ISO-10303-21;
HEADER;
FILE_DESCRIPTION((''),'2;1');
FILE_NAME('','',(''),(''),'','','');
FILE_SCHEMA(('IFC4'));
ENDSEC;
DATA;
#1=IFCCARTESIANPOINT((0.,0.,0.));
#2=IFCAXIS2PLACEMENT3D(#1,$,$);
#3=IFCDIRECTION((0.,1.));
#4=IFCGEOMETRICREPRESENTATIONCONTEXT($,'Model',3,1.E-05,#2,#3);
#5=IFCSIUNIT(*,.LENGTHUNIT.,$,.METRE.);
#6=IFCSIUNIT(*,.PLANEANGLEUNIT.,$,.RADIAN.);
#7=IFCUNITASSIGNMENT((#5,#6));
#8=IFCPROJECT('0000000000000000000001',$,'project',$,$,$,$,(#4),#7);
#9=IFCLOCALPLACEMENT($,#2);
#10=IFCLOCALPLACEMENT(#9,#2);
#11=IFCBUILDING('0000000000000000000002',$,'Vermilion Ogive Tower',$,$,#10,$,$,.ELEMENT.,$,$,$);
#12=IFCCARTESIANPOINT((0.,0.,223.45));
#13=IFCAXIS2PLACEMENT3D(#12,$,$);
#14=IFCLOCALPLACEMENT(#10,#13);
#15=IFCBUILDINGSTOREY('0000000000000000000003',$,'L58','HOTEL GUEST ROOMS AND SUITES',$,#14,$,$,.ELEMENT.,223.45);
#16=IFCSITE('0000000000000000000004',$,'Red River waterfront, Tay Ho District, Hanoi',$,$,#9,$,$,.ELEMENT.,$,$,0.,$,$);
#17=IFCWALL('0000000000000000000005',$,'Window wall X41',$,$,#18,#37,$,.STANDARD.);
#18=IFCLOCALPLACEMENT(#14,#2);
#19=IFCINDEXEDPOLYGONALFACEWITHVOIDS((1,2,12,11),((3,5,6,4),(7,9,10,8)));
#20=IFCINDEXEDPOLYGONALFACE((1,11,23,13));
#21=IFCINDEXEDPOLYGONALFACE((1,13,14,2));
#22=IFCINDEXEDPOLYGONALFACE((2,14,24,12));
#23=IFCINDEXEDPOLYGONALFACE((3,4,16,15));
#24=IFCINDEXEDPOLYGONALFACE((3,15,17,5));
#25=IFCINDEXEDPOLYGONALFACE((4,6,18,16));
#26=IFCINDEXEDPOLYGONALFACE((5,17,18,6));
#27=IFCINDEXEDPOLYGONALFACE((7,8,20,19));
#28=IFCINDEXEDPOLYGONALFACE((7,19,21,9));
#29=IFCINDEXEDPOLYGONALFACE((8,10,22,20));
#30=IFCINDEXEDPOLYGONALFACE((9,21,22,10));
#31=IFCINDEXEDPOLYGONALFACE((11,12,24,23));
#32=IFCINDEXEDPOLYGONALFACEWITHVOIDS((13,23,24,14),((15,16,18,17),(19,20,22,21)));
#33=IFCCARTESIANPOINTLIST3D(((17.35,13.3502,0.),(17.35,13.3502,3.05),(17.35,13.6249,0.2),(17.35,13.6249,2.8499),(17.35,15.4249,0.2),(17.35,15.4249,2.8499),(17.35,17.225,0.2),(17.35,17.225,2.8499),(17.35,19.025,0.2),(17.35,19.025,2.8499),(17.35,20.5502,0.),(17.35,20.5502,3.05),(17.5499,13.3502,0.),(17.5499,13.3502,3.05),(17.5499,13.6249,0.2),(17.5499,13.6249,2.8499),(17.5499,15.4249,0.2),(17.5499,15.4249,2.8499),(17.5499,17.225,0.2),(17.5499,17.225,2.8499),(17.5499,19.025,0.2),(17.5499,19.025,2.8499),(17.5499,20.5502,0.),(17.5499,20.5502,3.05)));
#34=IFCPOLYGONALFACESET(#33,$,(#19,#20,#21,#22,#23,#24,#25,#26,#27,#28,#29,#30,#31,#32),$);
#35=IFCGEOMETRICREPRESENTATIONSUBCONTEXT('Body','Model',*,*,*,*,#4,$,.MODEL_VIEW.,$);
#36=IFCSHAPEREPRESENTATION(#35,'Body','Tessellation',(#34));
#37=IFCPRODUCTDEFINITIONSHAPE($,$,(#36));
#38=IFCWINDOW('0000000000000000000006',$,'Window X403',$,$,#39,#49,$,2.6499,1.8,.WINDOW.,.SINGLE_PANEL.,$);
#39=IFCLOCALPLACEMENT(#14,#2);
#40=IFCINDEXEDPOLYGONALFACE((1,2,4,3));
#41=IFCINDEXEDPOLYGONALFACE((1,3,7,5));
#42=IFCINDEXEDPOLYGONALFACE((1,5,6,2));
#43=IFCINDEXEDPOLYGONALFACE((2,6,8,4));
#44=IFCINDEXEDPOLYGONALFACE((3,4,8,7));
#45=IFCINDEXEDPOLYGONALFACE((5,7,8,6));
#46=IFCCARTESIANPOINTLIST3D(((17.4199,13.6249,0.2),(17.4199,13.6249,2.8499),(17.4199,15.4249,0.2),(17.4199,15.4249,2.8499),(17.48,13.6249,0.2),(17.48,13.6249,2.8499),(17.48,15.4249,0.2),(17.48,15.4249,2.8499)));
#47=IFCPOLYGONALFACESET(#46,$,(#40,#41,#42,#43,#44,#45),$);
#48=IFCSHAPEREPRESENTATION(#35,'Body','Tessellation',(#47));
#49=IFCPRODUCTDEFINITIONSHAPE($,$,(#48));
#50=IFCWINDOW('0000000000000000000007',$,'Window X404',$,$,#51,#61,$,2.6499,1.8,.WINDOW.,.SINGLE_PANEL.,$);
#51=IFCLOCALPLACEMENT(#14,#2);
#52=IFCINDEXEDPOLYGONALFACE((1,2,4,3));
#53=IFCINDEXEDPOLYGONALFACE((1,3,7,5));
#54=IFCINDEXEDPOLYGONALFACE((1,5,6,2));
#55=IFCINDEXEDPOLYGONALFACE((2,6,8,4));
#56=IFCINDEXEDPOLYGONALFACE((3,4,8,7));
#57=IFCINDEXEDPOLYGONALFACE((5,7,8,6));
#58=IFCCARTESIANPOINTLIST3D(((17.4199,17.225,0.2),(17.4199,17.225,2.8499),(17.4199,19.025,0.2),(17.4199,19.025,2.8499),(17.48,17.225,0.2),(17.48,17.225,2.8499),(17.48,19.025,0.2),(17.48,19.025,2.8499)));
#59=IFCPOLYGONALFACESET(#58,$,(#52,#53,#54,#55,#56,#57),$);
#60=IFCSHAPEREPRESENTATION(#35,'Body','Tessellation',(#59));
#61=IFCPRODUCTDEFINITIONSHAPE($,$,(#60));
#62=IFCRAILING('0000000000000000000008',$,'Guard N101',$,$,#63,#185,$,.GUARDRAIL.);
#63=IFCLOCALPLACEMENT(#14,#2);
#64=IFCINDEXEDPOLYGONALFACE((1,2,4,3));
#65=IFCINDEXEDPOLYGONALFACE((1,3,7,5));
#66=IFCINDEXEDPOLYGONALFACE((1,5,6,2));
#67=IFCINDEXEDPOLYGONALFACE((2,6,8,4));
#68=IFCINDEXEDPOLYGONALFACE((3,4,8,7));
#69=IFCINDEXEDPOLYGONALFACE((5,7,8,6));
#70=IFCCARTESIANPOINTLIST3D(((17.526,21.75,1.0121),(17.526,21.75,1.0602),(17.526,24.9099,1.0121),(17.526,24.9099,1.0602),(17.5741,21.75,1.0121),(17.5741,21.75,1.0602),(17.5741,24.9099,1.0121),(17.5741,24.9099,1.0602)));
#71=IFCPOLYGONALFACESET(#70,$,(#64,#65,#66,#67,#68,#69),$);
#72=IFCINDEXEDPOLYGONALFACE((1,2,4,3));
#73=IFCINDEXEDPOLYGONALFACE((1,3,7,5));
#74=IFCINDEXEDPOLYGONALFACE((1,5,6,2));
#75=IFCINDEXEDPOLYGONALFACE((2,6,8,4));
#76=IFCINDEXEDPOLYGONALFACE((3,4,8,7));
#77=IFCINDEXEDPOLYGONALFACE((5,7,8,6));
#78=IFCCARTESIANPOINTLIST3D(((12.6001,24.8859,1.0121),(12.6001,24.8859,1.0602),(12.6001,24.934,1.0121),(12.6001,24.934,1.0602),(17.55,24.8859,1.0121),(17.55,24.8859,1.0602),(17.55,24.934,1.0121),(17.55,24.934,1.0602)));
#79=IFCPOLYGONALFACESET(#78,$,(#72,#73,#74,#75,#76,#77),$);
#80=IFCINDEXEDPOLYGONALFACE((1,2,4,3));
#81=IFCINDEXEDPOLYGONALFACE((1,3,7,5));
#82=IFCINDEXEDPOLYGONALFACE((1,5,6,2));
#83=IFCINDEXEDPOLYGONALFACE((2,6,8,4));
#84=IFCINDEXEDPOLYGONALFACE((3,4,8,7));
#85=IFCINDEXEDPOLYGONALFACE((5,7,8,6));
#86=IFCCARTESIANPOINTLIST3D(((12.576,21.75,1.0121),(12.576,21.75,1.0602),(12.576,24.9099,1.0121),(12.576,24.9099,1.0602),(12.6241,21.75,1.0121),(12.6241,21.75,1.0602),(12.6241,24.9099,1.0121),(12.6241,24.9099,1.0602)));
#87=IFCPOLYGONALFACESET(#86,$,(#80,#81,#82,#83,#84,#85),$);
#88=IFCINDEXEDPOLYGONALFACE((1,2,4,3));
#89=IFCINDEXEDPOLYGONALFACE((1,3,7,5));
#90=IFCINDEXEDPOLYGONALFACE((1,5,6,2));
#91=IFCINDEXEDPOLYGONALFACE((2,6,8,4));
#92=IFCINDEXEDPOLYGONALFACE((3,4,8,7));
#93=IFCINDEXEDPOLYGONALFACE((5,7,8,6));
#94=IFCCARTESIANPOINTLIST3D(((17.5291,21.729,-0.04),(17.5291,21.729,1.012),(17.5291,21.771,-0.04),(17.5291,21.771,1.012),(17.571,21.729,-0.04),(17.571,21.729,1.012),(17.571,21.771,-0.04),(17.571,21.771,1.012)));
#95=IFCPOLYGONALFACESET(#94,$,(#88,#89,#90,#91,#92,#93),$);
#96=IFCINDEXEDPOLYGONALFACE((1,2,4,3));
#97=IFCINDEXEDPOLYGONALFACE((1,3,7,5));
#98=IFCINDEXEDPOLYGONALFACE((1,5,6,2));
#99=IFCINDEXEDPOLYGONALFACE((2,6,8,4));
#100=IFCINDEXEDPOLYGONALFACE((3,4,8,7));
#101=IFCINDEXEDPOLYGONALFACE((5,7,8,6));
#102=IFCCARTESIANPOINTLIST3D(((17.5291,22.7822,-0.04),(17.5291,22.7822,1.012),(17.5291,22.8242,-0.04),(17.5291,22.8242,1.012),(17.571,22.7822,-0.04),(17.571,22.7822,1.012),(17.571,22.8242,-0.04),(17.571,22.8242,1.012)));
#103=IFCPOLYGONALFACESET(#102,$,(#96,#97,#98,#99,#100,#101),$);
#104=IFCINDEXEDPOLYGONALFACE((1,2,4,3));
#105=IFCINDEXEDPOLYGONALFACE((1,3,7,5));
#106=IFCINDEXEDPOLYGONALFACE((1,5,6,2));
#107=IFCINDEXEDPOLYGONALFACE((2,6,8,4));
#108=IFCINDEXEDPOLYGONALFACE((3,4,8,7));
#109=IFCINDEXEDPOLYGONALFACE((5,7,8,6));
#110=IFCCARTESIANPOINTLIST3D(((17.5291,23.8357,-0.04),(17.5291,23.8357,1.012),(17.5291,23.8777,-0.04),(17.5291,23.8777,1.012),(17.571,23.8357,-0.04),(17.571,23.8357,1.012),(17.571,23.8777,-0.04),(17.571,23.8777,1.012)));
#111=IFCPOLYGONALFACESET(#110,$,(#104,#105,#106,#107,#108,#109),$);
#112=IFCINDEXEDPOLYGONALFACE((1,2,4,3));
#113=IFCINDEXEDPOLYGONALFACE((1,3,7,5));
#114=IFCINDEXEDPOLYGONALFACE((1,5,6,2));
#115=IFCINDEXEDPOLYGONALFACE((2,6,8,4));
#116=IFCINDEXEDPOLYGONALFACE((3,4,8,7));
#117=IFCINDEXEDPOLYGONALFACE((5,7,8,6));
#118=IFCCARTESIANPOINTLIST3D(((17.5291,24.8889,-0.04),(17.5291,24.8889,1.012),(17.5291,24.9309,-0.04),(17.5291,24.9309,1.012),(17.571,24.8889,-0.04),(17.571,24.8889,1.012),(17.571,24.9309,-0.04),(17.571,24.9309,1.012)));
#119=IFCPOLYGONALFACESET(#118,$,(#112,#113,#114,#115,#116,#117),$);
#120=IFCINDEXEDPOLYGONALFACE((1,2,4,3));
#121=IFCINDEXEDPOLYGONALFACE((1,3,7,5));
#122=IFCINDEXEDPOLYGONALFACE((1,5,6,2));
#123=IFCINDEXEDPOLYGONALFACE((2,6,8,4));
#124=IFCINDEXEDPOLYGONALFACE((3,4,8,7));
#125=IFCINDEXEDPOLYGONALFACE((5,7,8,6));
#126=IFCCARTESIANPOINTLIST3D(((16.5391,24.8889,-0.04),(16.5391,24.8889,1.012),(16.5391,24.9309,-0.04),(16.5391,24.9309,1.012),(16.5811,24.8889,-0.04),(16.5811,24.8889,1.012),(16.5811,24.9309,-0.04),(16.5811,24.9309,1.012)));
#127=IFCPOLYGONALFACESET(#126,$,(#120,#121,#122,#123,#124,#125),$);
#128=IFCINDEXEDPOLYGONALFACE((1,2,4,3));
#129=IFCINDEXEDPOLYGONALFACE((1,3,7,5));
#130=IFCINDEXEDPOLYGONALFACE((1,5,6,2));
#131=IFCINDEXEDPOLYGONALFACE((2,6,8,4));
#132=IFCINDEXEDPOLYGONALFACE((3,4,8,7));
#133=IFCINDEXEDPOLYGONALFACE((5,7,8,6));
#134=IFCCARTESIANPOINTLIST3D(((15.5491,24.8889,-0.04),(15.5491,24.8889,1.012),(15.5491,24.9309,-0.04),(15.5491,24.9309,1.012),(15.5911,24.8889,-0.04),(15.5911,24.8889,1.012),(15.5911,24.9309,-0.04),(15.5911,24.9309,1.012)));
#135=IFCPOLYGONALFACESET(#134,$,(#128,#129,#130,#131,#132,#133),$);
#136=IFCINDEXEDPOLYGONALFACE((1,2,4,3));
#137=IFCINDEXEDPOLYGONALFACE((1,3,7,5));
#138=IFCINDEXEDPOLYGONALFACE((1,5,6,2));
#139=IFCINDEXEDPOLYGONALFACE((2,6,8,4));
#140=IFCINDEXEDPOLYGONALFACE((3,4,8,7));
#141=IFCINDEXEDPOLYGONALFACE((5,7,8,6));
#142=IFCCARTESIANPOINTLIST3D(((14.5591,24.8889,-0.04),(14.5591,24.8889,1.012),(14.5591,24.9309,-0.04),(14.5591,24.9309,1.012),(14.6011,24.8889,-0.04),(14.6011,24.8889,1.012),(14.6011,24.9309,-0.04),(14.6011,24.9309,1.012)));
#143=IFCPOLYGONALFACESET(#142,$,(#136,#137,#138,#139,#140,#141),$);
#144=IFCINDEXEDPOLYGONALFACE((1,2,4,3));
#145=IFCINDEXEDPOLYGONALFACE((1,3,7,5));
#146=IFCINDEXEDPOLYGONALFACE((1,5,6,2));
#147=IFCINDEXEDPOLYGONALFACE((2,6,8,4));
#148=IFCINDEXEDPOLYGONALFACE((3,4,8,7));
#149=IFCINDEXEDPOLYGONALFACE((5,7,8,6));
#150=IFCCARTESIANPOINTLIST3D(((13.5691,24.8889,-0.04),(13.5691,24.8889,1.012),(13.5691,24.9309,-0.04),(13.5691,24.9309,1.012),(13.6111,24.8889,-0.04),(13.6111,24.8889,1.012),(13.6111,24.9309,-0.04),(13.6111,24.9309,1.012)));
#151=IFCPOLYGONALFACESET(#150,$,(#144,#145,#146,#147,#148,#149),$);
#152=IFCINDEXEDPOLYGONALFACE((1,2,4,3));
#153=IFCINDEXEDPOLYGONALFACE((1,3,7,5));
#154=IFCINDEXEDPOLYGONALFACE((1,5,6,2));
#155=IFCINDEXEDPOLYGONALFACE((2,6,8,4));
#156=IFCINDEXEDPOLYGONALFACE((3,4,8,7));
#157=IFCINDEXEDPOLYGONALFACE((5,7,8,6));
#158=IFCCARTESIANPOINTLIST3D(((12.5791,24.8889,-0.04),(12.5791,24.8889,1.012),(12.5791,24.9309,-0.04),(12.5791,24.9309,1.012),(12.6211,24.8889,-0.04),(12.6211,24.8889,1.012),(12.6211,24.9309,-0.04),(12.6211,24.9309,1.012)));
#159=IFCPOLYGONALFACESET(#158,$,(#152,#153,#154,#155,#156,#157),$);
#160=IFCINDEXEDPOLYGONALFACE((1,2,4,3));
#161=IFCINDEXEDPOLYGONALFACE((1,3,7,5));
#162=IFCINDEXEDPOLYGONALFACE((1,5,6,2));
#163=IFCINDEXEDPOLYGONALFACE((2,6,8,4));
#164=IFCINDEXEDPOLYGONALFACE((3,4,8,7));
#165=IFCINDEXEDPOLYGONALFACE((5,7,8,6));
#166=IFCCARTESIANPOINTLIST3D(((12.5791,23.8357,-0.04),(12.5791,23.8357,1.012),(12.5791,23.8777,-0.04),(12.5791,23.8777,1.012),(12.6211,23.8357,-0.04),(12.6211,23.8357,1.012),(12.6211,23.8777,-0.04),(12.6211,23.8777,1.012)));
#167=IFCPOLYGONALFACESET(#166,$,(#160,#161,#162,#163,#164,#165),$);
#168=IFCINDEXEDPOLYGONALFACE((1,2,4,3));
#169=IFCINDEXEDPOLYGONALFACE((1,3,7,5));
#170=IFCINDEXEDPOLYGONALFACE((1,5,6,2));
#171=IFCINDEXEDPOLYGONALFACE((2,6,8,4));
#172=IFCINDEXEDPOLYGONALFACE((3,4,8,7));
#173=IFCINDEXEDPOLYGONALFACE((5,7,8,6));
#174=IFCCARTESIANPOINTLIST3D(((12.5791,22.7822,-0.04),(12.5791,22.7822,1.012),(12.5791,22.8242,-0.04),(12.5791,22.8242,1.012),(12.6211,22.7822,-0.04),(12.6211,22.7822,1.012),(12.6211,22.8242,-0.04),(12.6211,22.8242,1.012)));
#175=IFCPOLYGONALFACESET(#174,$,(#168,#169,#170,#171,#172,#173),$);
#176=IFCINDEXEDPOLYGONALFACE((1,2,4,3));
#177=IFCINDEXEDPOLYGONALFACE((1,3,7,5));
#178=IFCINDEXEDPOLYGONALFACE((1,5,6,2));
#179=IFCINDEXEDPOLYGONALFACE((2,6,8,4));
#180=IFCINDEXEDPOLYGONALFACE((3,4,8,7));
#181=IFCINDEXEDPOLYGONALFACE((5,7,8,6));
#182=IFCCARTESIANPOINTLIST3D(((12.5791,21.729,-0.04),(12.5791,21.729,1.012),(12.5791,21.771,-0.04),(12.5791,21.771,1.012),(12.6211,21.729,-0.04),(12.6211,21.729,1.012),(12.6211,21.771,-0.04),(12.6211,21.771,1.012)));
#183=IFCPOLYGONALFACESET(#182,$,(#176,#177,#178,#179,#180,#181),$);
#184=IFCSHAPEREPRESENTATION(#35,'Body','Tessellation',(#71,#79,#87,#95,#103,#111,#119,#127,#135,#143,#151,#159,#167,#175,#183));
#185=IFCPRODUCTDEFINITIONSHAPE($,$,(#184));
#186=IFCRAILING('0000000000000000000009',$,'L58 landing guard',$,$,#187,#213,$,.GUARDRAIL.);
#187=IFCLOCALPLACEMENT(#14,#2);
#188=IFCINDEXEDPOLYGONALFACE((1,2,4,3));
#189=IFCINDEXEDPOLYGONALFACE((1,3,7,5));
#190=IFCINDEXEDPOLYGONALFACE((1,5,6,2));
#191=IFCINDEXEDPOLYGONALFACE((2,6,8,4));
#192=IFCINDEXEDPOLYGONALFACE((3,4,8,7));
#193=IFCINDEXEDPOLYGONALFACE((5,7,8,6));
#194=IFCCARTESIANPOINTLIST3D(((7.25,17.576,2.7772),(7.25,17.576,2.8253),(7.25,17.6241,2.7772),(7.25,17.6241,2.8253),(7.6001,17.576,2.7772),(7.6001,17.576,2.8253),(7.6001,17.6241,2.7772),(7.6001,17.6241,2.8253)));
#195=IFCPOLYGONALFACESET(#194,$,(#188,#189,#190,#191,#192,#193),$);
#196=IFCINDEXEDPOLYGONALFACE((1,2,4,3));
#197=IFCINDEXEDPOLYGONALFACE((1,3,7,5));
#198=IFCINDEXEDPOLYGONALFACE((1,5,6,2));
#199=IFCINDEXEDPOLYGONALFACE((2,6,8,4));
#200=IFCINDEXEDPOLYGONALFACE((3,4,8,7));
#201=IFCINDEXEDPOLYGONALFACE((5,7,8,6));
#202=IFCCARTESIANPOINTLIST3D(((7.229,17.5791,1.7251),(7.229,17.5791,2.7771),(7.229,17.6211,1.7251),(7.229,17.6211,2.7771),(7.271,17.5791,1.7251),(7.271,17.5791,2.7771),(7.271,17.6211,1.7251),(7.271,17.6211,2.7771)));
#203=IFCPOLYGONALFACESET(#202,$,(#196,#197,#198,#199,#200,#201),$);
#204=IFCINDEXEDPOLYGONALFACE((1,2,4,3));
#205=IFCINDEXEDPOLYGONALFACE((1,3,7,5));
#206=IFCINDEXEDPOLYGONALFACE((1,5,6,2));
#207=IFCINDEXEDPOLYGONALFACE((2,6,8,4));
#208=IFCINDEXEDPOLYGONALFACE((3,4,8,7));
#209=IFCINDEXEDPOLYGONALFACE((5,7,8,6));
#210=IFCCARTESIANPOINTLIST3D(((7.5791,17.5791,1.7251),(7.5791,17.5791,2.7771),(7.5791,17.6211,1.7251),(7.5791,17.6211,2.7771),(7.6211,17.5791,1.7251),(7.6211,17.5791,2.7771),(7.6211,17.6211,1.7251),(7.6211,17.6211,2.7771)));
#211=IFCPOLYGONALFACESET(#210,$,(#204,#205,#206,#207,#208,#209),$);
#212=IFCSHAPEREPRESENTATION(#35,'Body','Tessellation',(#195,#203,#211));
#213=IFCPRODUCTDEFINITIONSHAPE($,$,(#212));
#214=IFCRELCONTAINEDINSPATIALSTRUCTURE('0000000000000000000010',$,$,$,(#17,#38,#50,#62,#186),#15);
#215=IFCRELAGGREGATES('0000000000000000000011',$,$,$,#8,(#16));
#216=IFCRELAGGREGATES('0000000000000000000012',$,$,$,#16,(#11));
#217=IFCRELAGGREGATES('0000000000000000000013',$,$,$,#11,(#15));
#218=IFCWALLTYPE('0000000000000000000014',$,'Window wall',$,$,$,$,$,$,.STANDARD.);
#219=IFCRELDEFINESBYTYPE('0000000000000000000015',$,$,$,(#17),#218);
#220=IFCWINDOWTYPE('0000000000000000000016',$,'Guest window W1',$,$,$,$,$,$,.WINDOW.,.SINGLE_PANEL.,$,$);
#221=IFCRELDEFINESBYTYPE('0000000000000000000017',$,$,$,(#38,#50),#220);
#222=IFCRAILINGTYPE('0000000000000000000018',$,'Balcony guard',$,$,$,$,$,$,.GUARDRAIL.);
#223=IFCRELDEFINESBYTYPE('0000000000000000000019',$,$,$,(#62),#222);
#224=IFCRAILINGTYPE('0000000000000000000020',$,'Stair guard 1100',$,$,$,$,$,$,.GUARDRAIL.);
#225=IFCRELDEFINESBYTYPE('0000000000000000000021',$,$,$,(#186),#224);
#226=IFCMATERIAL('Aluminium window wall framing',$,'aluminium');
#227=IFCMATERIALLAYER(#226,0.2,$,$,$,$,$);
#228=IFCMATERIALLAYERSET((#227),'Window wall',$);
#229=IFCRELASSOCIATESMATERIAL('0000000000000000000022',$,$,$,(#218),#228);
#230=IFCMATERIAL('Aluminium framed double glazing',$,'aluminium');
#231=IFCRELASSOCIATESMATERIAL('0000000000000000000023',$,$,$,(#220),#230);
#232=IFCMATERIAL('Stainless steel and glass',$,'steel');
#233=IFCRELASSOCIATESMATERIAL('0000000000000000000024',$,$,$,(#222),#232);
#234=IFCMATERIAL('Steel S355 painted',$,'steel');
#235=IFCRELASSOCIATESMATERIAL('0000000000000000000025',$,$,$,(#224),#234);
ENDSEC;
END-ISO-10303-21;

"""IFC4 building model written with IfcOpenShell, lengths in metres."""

from ifc_helpers import new_model, si_unit, direction, frame, frame_2d, origin, origin_2d, place, context, subcontext, project, spatial, rectangle, extrude, material, layer, layer_set, type_object, element, fill, save


model = new_model("IFC4")

# Units and contexts
model_context = context("Model", 3, precision=1e-05, world=origin(), true_north=direction((0.0, 1.0)))
body_context = subcontext(model_context, "Body", "Model", "MODEL_VIEW")
ifc_project = project(units=[si_unit("LENGTHUNIT", "METRE"), si_unit("PLANEANGLEUNIT", "RADIAN")], contexts=[model_context])

# Site, building, storey
site_placement = place(None, origin())
site = spatial("IfcSite", under=ifc_project, at=site_placement, Name="Red River waterfront, Tay Ho District, Hanoi", CompositionType="ELEMENT", RefElevation=0.0)
building_placement = place(site_placement, origin())
building = spatial("IfcBuilding", under=site, at=building_placement, Name="Vermilion Ogive Tower", CompositionType="ELEMENT")
storey_placement = place(building_placement, frame((0.0, 0.0, 223.45)))
storey = spatial("IfcBuildingStorey", under=building, at=storey_placement, Name="L58", Description="HOTEL GUEST ROOMS AND SUITES", CompositionType="ELEMENT", Elevation=223.45)

# Shared definitions
ifc_material_1 = material(Name="Aluminium window wall framing", Category="aluminium")
ifc_layer_1 = layer(ifc_material_1, 0.2)
ifc_layer_set_1 = layer_set([ifc_layer_1], Name="Window wall")
wall_type_1 = type_object("IfcWallType", Name="Window wall", PredefinedType="STANDARD", material=ifc_layer_set_1)

# Wall, openings, windows
wall_1_placement = place(storey_placement, frame((17.45, 13.3501, 0.0), z_axis=(0.0, 0.0, 1.0), x_axis=(0.0, 1.0, 0.0)))
wall_1 = element("IfcWall", 1, at=wall_1_placement, inside=storey, type_object=wall_type_1, Name="Window wall X41", PredefinedType="STANDARD", context=body_context, shape_type="SweptSolid", body=[
    extrude(rectangle(XDim=7.2, YDim=0.2, at=frame_2d((3.6001, 0.0))), origin(), (0.0, 0.0, 1.0), 3.05),
])
opening_1_placement = place(wall_1_placement, frame((0.2749, 0.0, 0.2)))
opening_1 = element("IfcOpeningElement", 2, at=opening_1_placement, cuts=wall_1, PredefinedType="OPENING", context=body_context, shape_type="SweptSolid", body=[
    extrude(rectangle(XDim=1.8, YDim=2.6499, at=frame_2d((0.8999, 1.325))), frame((0.0, 0.1099, 0.0), z_axis=(0.0, -1.0, 0.0), x_axis=(1.0, 0.0, 0.0)), (0.0, 0.0, 1.0), 0.22),
])
opening_2_placement = place(wall_1_placement, frame((3.875, 0.0, 0.2)))
opening_2 = element("IfcOpeningElement", 3, at=opening_2_placement, cuts=wall_1, PredefinedType="OPENING", context=body_context, shape_type="SweptSolid", body=[
    extrude(rectangle(XDim=1.8, YDim=2.6499, at=frame_2d((0.8999, 1.325))), frame((0.0, 0.1099, 0.0), z_axis=(0.0, -1.0, 0.0), x_axis=(1.0, 0.0, 0.0)), (0.0, 0.0, 1.0), 0.22),
])
ifc_material_2 = material(Name="Aluminium framed double glazing", Category="aluminium")
window_type = type_object("IfcWindowType", Name="Guest window W1", PartitioningType="SINGLE_PANEL", PredefinedType="WINDOW", material=ifc_material_2)
window_1_placement = place(opening_1_placement, origin())
window_1 = element("IfcWindow", 4, at=window_1_placement, inside=storey, type_object=window_type, Name="Window X403", OverallHeight=2.6499, OverallWidth=1.8, PartitioningType="SINGLE_PANEL", PredefinedType="WINDOW", context=body_context, shape_type="SweptSolid", body=[
    extrude(rectangle(XDim=1.8, YDim=2.6499, at=frame_2d((0.8999, 1.325))), frame((0.0, 0.03, 0.0), z_axis=(0.0, -1.0, 0.0), x_axis=(1.0, 0.0, 0.0)), (0.0, 0.0, 1.0), 0.0601),
])
fill(opening_1, window_1)
window_2_placement = place(opening_2_placement, origin())
window_2 = element("IfcWindow", 5, at=window_2_placement, inside=storey, type_object=window_type, Name="Window X404", OverallHeight=2.6499, OverallWidth=1.8, PartitioningType="SINGLE_PANEL", PredefinedType="WINDOW", context=body_context, shape_type="SweptSolid", body=[
    extrude(rectangle(XDim=1.8, YDim=2.6499, at=frame_2d((0.8999, 1.325))), frame((0.0, 0.03, 0.0), z_axis=(0.0, -1.0, 0.0), x_axis=(1.0, 0.0, 0.0)), (0.0, 0.0, 1.0), 0.0601),
])
fill(opening_2, window_2)

# Railings
ifc_material_3 = material(Name="Stainless steel and glass", Category="steel")
railing_type_1 = type_object("IfcRailingType", Name="Balcony guard", PredefinedType="GUARDRAIL", material=ifc_material_3)
railing_1_placement = place(storey_placement, frame((17.55, 21.75, -0.04)))
element("IfcRailing", 6, at=railing_1_placement, inside=storey, type_object=railing_type_1, Name="Guard N101", PredefinedType="GUARDRAIL", context=body_context, shape_type="SweptSolid", body=[
    extrude(rectangle(XDim=0.0481, YDim=0.0481, at=origin_2d()), frame((0.0, 0.0, 1.0762), z_axis=(0.0, 1.0, 0.0), x_axis=(-1.0, 0.0, 0.0)), (0.0, 0.0, 1.0), 3.1599),
    extrude(rectangle(XDim=0.0481, YDim=0.0481, at=origin_2d()), frame((0.0, 3.1599, 1.0762), z_axis=(-1.0, 0.0, 0.0), x_axis=(0.0, -1.0, 0.0)), (0.0, 0.0, 1.0), 4.95),
    extrude(rectangle(XDim=0.0481, YDim=0.0481, at=origin_2d()), frame((-4.95, 3.1599, 1.0762), z_axis=(0.0, -1.0, 0.0), x_axis=(1.0, 0.0, 0.0)), (0.0, 0.0, 1.0), 3.1599),
    extrude(rectangle(XDim=0.042, YDim=0.042, at=origin_2d()), origin(), (0.0, 0.0, 1.0), 1.052),
    extrude(rectangle(XDim=0.042, YDim=0.042, at=origin_2d()), frame((0.0, 1.0532, 0.0)), (0.0, 0.0, 1.0), 1.052),
    extrude(rectangle(XDim=0.042, YDim=0.042, at=origin_2d()), frame((0.0, 2.1067, 0.0)), (0.0, 0.0, 1.0), 1.052),
    extrude(rectangle(XDim=0.042, YDim=0.042, at=origin_2d()), frame((0.0, 3.1599, 0.0)), (0.0, 0.0, 1.0), 1.052),
    extrude(rectangle(XDim=0.042, YDim=0.042, at=origin_2d()), frame((-0.99, 3.1599, 0.0)), (0.0, 0.0, 1.0), 1.052),
    extrude(rectangle(XDim=0.042, YDim=0.042, at=origin_2d()), frame((-1.98, 3.1599, 0.0)), (0.0, 0.0, 1.0), 1.052),
    extrude(rectangle(XDim=0.042, YDim=0.042, at=origin_2d()), frame((-2.97, 3.1599, 0.0)), (0.0, 0.0, 1.0), 1.052),
    extrude(rectangle(XDim=0.042, YDim=0.042, at=origin_2d()), frame((-3.96, 3.1599, 0.0)), (0.0, 0.0, 1.0), 1.052),
    extrude(rectangle(XDim=0.042, YDim=0.042, at=origin_2d()), frame((-4.95, 3.1599, 0.0)), (0.0, 0.0, 1.0), 1.052),
    extrude(rectangle(XDim=0.042, YDim=0.042, at=origin_2d()), frame((-4.95, 2.1067, 0.0)), (0.0, 0.0, 1.0), 1.052),
    extrude(rectangle(XDim=0.042, YDim=0.042, at=origin_2d()), frame((-4.95, 1.0532, 0.0)), (0.0, 0.0, 1.0), 1.052),
    extrude(rectangle(XDim=0.042, YDim=0.042, at=origin_2d()), frame((-4.95, 0.0, 0.0)), (0.0, 0.0, 1.0), 1.052),
])
ifc_material_4 = material(Name="Steel S355 painted", Category="steel")
railing_type_2 = type_object("IfcRailingType", Name="Stair guard 1100", PredefinedType="GUARDRAIL", material=ifc_material_4)
railing_2_placement = place(storey_placement, frame((7.25, 17.6001, 1.7251)))
element("IfcRailing", 7, at=railing_2_placement, inside=storey, type_object=railing_type_2, Name="L58 landing guard", PredefinedType="GUARDRAIL", context=body_context, shape_type="SweptSolid", body=[
    extrude(rectangle(XDim=0.0481, YDim=0.0481, at=origin_2d()), frame((0.0, 0.0, 1.0762), z_axis=(1.0, 0.0, 0.0), x_axis=(0.0, 1.0, 0.0)), (0.0, 0.0, 1.0), 0.3501),
    extrude(rectangle(XDim=0.042, YDim=0.042, at=origin_2d()), origin(), (0.0, 0.0, 1.0), 1.052),
    extrude(rectangle(XDim=0.042, YDim=0.042, at=origin_2d()), frame((0.3501, 0.0, 0.0)), (0.0, 0.0, 1.0), 1.052),
])

save(model, "model.ifc")
